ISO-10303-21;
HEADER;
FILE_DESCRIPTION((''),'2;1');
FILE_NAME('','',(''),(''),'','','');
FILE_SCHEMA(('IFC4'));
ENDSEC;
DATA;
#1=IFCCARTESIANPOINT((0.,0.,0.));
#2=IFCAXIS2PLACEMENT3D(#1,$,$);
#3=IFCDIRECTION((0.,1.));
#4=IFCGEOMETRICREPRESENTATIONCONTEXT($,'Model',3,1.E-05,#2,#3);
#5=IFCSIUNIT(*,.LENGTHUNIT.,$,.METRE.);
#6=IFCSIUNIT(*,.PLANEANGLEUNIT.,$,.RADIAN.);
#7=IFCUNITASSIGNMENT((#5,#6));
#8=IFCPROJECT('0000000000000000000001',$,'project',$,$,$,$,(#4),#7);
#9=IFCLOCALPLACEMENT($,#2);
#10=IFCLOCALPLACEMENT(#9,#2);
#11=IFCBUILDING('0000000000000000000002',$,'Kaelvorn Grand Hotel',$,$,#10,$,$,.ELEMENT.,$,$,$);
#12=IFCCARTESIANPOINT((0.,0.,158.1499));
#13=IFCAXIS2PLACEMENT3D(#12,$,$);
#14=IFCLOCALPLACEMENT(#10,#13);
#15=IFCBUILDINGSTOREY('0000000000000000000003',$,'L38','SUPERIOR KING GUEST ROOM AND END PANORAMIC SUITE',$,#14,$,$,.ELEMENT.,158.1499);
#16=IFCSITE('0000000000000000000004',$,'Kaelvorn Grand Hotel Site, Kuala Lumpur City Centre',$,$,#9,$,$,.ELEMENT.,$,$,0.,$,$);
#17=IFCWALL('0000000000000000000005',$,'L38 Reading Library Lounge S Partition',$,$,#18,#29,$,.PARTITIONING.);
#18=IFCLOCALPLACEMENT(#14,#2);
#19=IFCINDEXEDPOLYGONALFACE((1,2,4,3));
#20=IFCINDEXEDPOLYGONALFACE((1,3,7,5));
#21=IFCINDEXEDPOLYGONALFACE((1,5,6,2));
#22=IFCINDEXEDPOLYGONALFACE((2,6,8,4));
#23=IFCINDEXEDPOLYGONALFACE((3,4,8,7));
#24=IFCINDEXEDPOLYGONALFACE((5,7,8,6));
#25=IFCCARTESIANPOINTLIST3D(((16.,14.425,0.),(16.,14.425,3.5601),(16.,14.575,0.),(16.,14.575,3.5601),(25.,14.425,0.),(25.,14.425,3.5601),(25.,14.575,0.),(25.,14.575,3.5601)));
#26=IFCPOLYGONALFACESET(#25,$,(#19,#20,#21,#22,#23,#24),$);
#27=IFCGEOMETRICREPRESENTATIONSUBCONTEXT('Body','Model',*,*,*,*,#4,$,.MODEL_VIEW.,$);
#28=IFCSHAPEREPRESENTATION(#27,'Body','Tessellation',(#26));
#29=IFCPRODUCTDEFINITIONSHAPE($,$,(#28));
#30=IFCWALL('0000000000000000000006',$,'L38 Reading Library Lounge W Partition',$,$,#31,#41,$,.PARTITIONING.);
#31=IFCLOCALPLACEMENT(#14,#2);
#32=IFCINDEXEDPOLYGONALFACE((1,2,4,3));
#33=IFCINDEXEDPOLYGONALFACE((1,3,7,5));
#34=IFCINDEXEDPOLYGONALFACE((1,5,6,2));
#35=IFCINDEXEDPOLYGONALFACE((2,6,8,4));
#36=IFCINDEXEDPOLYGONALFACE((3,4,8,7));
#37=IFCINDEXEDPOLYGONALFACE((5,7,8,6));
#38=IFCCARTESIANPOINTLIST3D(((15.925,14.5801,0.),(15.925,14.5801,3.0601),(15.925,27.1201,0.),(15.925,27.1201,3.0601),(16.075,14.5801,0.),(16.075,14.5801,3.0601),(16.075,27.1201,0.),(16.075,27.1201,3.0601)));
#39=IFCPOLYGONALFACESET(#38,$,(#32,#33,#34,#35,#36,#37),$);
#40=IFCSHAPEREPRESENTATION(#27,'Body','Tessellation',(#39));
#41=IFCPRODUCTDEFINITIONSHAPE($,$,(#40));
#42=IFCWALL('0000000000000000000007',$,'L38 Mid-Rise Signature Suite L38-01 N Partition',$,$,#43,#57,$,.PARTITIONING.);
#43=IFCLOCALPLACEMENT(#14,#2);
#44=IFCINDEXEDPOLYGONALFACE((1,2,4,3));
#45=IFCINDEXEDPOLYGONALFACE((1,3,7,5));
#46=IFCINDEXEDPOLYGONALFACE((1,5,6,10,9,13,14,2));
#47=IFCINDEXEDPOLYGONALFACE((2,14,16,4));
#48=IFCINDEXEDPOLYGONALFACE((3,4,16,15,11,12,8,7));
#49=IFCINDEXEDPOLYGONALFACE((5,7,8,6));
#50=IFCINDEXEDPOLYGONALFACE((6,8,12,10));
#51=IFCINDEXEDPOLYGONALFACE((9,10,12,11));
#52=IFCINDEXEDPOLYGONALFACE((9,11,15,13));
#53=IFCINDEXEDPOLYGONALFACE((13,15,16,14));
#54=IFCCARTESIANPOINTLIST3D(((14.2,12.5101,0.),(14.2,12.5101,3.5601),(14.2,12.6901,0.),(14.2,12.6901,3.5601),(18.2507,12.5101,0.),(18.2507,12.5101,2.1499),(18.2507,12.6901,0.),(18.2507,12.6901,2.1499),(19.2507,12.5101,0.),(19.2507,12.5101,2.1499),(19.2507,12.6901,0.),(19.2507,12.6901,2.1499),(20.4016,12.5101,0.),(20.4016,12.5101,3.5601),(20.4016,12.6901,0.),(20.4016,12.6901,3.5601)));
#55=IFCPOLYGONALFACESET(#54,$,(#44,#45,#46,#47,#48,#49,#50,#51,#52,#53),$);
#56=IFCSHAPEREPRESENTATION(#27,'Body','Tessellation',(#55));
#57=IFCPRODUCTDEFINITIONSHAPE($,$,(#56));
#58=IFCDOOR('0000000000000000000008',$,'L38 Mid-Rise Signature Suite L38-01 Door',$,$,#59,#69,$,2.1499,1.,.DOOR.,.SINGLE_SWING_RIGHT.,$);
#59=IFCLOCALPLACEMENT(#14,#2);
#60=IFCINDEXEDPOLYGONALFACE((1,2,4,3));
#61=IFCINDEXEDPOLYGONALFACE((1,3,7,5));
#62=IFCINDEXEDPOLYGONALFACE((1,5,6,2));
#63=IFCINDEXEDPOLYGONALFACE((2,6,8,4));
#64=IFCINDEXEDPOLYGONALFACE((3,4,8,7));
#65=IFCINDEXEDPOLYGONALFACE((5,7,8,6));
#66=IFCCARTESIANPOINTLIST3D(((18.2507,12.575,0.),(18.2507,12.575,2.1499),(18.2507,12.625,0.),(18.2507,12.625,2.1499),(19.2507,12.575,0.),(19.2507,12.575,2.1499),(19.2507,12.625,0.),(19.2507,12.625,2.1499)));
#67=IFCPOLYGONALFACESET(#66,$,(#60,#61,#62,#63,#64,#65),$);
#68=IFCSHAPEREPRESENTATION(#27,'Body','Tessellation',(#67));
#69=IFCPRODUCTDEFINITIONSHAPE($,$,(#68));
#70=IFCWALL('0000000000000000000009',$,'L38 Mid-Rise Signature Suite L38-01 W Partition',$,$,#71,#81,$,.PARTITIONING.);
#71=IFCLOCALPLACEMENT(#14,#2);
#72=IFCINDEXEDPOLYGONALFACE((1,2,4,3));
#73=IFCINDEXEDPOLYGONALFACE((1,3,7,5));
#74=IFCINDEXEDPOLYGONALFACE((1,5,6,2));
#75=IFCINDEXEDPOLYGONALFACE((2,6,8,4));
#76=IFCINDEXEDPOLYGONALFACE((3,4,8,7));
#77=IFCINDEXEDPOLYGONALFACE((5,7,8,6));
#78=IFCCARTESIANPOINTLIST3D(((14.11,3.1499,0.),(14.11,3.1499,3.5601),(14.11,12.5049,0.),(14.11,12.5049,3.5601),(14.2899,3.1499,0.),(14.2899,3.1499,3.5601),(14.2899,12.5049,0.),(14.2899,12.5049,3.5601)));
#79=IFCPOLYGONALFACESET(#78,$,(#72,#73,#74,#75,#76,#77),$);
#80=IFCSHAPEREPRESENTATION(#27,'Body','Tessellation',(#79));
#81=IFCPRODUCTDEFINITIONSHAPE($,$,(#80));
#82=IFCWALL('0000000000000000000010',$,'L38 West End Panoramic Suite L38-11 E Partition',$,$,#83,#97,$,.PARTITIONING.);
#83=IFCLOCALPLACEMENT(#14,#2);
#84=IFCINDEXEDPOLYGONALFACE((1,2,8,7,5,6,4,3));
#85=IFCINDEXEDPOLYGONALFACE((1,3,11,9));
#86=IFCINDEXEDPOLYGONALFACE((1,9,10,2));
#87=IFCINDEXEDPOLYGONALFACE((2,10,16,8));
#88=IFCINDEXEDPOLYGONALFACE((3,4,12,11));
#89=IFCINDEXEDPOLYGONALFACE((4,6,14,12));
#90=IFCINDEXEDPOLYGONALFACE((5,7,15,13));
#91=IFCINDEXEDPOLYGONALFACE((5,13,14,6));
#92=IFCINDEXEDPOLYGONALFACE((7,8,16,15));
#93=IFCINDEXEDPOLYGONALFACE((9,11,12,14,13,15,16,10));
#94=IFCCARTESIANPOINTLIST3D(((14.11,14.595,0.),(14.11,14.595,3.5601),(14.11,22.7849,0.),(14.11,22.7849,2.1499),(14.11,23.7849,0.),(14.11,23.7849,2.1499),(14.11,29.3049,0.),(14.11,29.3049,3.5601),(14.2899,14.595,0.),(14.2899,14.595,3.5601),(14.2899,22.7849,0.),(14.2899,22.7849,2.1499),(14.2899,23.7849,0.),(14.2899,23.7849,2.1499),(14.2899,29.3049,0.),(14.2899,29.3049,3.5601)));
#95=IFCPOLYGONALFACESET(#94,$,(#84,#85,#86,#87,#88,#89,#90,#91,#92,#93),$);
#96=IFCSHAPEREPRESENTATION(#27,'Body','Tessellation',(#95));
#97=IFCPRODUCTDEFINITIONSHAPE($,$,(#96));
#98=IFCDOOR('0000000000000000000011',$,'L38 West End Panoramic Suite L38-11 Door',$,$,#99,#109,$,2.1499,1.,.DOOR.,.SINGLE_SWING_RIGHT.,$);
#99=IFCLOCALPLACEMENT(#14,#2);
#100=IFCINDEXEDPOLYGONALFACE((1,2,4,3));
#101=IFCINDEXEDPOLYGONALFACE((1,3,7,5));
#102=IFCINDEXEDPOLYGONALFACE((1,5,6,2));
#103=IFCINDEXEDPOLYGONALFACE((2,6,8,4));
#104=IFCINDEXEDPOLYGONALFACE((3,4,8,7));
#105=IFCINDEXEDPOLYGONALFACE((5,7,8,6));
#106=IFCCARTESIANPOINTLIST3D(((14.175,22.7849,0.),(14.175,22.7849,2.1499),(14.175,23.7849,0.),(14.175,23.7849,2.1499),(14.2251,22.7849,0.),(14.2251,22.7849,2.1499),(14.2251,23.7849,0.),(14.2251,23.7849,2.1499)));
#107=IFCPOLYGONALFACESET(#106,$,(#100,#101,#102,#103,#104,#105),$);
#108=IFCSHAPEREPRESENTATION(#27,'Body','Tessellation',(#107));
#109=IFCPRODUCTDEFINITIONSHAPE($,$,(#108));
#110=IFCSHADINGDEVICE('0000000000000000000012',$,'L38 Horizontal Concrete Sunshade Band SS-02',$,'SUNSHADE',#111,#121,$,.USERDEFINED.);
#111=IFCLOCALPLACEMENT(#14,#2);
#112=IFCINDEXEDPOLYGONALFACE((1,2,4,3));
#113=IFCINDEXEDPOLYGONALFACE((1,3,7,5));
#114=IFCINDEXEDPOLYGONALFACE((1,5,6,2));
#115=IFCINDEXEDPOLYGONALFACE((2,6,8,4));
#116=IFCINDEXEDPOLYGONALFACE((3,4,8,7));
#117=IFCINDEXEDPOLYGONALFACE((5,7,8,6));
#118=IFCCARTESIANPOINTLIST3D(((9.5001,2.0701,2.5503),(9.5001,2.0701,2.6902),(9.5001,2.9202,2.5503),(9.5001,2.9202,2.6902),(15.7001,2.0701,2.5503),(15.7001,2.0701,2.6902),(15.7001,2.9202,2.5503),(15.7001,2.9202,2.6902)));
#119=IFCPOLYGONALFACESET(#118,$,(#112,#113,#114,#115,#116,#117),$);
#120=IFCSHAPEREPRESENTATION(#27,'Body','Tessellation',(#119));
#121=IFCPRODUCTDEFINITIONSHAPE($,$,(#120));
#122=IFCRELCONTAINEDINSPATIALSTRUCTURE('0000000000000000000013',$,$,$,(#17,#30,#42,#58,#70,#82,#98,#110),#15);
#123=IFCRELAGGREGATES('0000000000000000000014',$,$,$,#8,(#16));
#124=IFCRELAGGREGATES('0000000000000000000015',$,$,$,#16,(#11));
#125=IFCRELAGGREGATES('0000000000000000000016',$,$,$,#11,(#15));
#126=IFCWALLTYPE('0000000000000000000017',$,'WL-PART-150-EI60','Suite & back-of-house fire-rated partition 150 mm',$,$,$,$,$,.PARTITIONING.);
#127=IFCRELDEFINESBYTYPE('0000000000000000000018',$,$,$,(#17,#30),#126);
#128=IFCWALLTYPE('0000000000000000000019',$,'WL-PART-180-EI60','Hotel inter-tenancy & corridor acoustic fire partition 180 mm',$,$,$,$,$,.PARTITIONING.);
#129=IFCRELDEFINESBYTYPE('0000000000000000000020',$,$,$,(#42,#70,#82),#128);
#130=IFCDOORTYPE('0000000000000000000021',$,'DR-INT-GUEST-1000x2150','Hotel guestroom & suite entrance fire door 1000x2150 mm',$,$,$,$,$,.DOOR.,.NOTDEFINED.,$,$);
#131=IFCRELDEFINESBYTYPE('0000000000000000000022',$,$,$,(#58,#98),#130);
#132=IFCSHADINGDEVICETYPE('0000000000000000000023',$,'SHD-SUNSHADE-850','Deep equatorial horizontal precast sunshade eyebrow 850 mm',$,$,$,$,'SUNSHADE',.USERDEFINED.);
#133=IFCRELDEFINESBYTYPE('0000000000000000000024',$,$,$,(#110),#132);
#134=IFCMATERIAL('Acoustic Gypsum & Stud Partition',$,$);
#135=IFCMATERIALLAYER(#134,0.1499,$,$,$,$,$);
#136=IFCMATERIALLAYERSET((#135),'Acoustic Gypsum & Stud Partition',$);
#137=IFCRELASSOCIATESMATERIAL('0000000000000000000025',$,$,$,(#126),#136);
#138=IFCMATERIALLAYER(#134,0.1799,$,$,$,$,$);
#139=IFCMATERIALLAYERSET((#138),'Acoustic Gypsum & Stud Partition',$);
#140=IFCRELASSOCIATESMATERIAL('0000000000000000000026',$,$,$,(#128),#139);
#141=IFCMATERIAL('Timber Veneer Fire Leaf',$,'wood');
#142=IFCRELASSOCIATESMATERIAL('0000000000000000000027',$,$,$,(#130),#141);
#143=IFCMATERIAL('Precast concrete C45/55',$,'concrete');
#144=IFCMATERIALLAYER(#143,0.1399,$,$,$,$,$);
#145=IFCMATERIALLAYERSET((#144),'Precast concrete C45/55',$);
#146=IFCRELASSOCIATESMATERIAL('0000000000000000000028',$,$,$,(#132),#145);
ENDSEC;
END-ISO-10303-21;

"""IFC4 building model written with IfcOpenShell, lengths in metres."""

from ifc_helpers import new_model, si_unit, direction, frame, frame_2d, origin, origin_2d, place, context, subcontext, project, spatial, rectangle, extrude, material, layer, layer_set, type_object, element, fill, save


model = new_model("IFC4")

# Units and contexts
model_context = context("Model", 3, precision=1e-05, world=origin(), true_north=direction((0.0, 1.0)))
body_context = subcontext(model_context, "Body", "Model", "MODEL_VIEW")
ifc_project = project(units=[si_unit("LENGTHUNIT", "METRE"), si_unit("PLANEANGLEUNIT", "RADIAN")], contexts=[model_context])

# Site, building, storey
site_placement = place(None, origin())
site = spatial("IfcSite", under=ifc_project, at=site_placement, Name="Kaelvorn Grand Hotel Site, Kuala Lumpur City Centre", CompositionType="ELEMENT", RefElevation=0.0)
building_placement = place(site_placement, origin())
building = spatial("IfcBuilding", under=site, at=building_placement, Name="Kaelvorn Grand Hotel", CompositionType="ELEMENT")
storey_placement = place(building_placement, frame((0.0, 0.0, 158.1499)))
storey = spatial("IfcBuildingStorey", under=building, at=storey_placement, Name="L38", Description="SUPERIOR KING GUEST ROOM AND END PANORAMIC SUITE", CompositionType="ELEMENT", Elevation=158.1499)

# Walls
ifc_material_1 = material(Name="Acoustic Gypsum & Stud Partition")
ifc_layer_1 = layer(ifc_material_1, 0.1499)
ifc_layer_set_1 = layer_set([ifc_layer_1], Name="Acoustic Gypsum & Stud Partition")
wall_type_1 = type_object("IfcWallType", Name="WL-PART-150-EI60", Description="Suite & back-of-house fire-rated partition 150 mm", PredefinedType="PARTITIONING", material=ifc_layer_set_1)
wall_1_placement = place(storey_placement, frame((16.0, 14.5, 0.0), z_axis=(0.0, 0.0, 1.0), x_axis=(1.0, 0.0, 0.0)))
element("IfcWall", 1, at=wall_1_placement, inside=storey, type_object=wall_type_1, Name="L38 Reading Library Lounge S Partition", PredefinedType="PARTITIONING", context=body_context, shape_type="SweptSolid", body=[
    extrude(rectangle(XDim=9.0, YDim=0.1499, at=frame_2d((4.5, 0.0))), origin(), (0.0, 0.0, 1.0), 3.5601),
])
wall_2_placement = place(storey_placement, frame((16.0, 14.5801, 0.0), z_axis=(0.0, 0.0, 1.0), x_axis=(0.0, 1.0, 0.0)))
element("IfcWall", 2, at=wall_2_placement, inside=storey, type_object=wall_type_1, Name="L38 Reading Library Lounge W Partition", PredefinedType="PARTITIONING", context=body_context, shape_type="SweptSolid", body=[
    extrude(rectangle(XDim=12.54, YDim=0.1499, at=frame_2d((6.27, 0.0))), origin(), (0.0, 0.0, 1.0), 3.0601),
])

# Wall, opening, door
ifc_layer_2 = layer(ifc_material_1, 0.1799)
ifc_layer_set_2 = layer_set([ifc_layer_2], Name="Acoustic Gypsum & Stud Partition")
wall_type_2 = type_object("IfcWallType", Name="WL-PART-180-EI60", Description="Hotel inter-tenancy & corridor acoustic fire partition 180 mm", PredefinedType="PARTITIONING", material=ifc_layer_set_2)
wall_3_placement = place(storey_placement, frame((14.2, 12.6001, 0.0), z_axis=(0.0, 0.0, 1.0), x_axis=(1.0, 0.0, 0.0)))
wall_3 = element("IfcWall", 3, at=wall_3_placement, inside=storey, type_object=wall_type_2, Name="L38 Mid-Rise Signature Suite L38-01 N Partition", PredefinedType="PARTITIONING", context=body_context, shape_type="SweptSolid", body=[
    extrude(rectangle(XDim=6.2017, YDim=0.1799, at=frame_2d((3.1008, 0.0))), origin(), (0.0, 0.0, 1.0), 3.5601),
])
opening_1_placement = place(wall_3_placement, frame((4.0508, 0.0, 0.0)))
opening_1 = element("IfcOpeningElement", 4, at=opening_1_placement, cuts=wall_3, PredefinedType="OPENING", context=body_context, shape_type="SweptSolid", body=[
    extrude(rectangle(XDim=1.0, YDim=2.1499, at=frame_2d((0.5, 1.075))), frame((0.0, 0.1001, 0.0), z_axis=(0.0, -1.0, 0.0), x_axis=(1.0, 0.0, 0.0)), (0.0, 0.0, 1.0), 0.2),
])
ifc_material_2 = material(Name="Timber Veneer Fire Leaf", Category="wood")
door_type_1 = type_object("IfcDoorType", Name="DR-INT-GUEST-1000x2150", Description="Hotel guestroom & suite entrance fire door 1000x2150 mm", OperationType="NOTDEFINED", PredefinedType="DOOR", material=ifc_material_2)
door_1_placement = place(opening_1_placement, origin())
door_1 = element("IfcDoor", 5, at=door_1_placement, inside=storey, type_object=door_type_1, Name="L38 Mid-Rise Signature Suite L38-01 Door", OperationType="SINGLE_SWING_RIGHT", OverallHeight=2.1499, OverallWidth=1.0, PredefinedType="DOOR", context=body_context, shape_type="SweptSolid", body=[
    extrude(rectangle(XDim=1.0, YDim=2.1499, at=frame_2d((0.5, 1.075))), frame((0.0, 0.0249, 0.0), z_axis=(0.0, -1.0, 0.0), x_axis=(1.0, 0.0, 0.0)), (0.0, 0.0, 1.0), 0.05),
])
fill(opening_1, door_1)

# Wall
wall_4_placement = place(storey_placement, frame((14.2, 3.1499, 0.0), z_axis=(0.0, 0.0, 1.0), x_axis=(0.0, 1.0, 0.0)))
element("IfcWall", 6, at=wall_4_placement, inside=storey, type_object=wall_type_2, Name="L38 Mid-Rise Signature Suite L38-01 W Partition", PredefinedType="PARTITIONING", context=body_context, shape_type="SweptSolid", body=[
    extrude(rectangle(XDim=9.355, YDim=0.1799, at=frame_2d((4.6775, 0.0))), origin(), (0.0, 0.0, 1.0), 3.5601),
])

# Wall, opening, door
wall_5_placement = place(storey_placement, frame((14.2, 14.595, 0.0), z_axis=(0.0, 0.0, 1.0), x_axis=(0.0, 1.0, 0.0)))
wall_5 = element("IfcWall", 7, at=wall_5_placement, inside=storey, type_object=wall_type_2, Name="L38 West End Panoramic Suite L38-11 E Partition", PredefinedType="PARTITIONING", context=body_context, shape_type="SweptSolid", body=[
    extrude(rectangle(XDim=14.71, YDim=0.1799, at=frame_2d((7.355, 0.0))), origin(), (0.0, 0.0, 1.0), 3.5601),
])
opening_2_placement = place(wall_5_placement, frame((8.1899, 0.0, 0.0)))
opening_2 = element("IfcOpeningElement", 8, at=opening_2_placement, cuts=wall_5, PredefinedType="OPENING", context=body_context, shape_type="SweptSolid", body=[
    extrude(rectangle(XDim=1.0, YDim=2.1499, at=frame_2d((0.5, 1.075))), frame((0.0, 0.1001, 0.0), z_axis=(0.0, -1.0, 0.0), x_axis=(1.0, 0.0, 0.0)), (0.0, 0.0, 1.0), 0.2),
])
door_2_placement = place(opening_2_placement, origin())
door_2 = element("IfcDoor", 9, at=door_2_placement, inside=storey, type_object=door_type_1, Name="L38 West End Panoramic Suite L38-11 Door", OperationType="SINGLE_SWING_RIGHT", OverallHeight=2.1499, OverallWidth=1.0, PredefinedType="DOOR", context=body_context, shape_type="SweptSolid", body=[
    extrude(rectangle(XDim=1.0, YDim=2.1499, at=frame_2d((0.5, 1.075))), frame((0.0, 0.0249, 0.0), z_axis=(0.0, -1.0, 0.0), x_axis=(1.0, 0.0, 0.0)), (0.0, 0.0, 1.0), 0.05),
])
fill(opening_2, door_2)

# Shading device
ifc_material_3 = material(Name="Precast concrete C45/55", Category="concrete")
ifc_layer_3 = layer(ifc_material_3, 0.1399)
ifc_layer_set_3 = layer_set([ifc_layer_3], Name="Precast concrete C45/55")
shading_device_type = type_object("IfcShadingDeviceType", Name="SHD-SUNSHADE-850", Description="Deep equatorial horizontal precast sunshade eyebrow 850 mm", ElementType="SUNSHADE", PredefinedType="USERDEFINED", material=ifc_layer_set_3)
shading_device_placement = place(storey_placement, frame((12.6001, 2.4951, 2.5503), z_axis=(0.0, 0.0, 1.0), x_axis=(1.0, 0.0, 0.0)))
element("IfcShadingDevice", 10, at=shading_device_placement, inside=storey, type_object=shading_device_type, Name="L38 Horizontal Concrete Sunshade Band SS-02", ObjectType="SUNSHADE", PredefinedType="USERDEFINED", context=body_context, shape_type="SweptSolid", body=[
    extrude(rectangle(XDim=6.2, YDim=0.8501, at=origin_2d()), origin(), (0.0, 0.0, 1.0), 0.1399),
])

save(model, "model.ifc")
